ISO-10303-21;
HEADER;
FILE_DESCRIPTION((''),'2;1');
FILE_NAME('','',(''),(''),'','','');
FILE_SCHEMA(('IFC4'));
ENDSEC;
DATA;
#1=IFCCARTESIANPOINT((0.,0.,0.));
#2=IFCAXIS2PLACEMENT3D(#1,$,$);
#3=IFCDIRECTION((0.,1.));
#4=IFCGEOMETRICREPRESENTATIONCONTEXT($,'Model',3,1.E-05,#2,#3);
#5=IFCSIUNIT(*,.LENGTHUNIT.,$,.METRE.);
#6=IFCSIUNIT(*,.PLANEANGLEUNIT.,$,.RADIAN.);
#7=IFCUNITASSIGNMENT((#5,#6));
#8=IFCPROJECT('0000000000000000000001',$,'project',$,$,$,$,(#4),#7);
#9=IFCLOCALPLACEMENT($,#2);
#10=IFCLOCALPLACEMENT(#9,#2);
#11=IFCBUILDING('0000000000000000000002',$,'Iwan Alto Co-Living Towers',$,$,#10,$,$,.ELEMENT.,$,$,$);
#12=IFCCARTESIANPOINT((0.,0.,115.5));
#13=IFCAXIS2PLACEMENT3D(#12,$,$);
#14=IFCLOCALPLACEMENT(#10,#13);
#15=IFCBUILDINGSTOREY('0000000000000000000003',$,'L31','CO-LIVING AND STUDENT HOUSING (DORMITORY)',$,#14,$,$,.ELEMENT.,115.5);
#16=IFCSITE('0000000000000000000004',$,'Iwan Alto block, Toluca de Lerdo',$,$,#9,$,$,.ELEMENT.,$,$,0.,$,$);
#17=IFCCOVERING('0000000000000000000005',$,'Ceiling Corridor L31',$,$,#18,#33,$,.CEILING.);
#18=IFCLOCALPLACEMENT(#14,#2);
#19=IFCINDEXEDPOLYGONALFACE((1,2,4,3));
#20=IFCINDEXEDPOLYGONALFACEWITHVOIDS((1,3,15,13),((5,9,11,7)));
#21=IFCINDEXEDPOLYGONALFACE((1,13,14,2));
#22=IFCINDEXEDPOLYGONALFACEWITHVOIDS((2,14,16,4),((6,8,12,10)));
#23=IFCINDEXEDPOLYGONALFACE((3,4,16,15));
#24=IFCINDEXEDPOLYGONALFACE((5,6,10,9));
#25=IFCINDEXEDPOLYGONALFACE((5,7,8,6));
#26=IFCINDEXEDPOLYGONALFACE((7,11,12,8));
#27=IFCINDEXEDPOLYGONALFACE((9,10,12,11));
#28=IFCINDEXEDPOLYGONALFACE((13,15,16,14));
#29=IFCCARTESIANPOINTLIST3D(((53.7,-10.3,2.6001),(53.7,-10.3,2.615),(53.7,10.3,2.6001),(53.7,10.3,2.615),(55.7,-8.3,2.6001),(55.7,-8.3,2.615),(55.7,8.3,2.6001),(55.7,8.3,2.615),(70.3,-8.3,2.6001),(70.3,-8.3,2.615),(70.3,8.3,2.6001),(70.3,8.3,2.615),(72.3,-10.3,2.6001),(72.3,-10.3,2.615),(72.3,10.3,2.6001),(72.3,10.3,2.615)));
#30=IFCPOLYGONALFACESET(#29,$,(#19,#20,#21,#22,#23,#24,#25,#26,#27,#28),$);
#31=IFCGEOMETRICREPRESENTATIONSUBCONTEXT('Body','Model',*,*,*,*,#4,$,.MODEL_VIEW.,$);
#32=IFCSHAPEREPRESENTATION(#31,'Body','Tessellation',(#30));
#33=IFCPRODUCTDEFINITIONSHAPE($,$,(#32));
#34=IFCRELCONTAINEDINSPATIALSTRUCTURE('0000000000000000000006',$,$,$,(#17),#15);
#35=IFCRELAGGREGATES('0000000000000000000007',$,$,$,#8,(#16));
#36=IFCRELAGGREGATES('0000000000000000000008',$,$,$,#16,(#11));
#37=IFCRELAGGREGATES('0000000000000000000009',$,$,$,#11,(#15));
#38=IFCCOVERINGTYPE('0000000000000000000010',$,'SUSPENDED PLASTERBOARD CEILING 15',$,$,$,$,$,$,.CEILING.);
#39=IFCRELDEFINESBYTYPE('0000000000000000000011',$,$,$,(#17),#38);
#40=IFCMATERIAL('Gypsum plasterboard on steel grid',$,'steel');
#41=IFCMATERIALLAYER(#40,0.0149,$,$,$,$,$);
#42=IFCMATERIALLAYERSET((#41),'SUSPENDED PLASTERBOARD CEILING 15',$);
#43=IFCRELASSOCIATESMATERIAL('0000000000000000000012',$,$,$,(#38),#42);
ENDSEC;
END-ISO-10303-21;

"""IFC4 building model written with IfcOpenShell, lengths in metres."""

from ifc_helpers import new_model, si_unit, direction, frame, origin, place, context, subcontext, project, spatial, polyline, outline, extrude, material, layer, layer_set, type_object, element, save


model = new_model("IFC4")

# Units and contexts
model_context = context("Model", 3, precision=1e-05, world=origin(), true_north=direction((0.0, 1.0)))
body_context = subcontext(model_context, "Body", "Model", "MODEL_VIEW")
ifc_project = project(units=[si_unit("LENGTHUNIT", "METRE"), si_unit("PLANEANGLEUNIT", "RADIAN")], contexts=[model_context])

# Site, building, storey
site_placement = place(None, origin())
site = spatial("IfcSite", under=ifc_project, at=site_placement, Name="Iwan Alto block, Toluca de Lerdo", CompositionType="ELEMENT", RefElevation=0.0)
building_placement = place(site_placement, origin())
building = spatial("IfcBuilding", under=site, at=building_placement, Name="Iwan Alto Co-Living Towers", CompositionType="ELEMENT")
storey_placement = place(building_placement, frame((0.0, 0.0, 115.5)))
storey = spatial("IfcBuildingStorey", under=building, at=storey_placement, Name="L31", Description="CO-LIVING AND STUDENT HOUSING (DORMITORY)", CompositionType="ELEMENT", Elevation=115.5)

# Covering
ifc_material_1 = material(Name="Gypsum plasterboard on steel grid", Category="steel")
ifc_layer_1 = layer(ifc_material_1, 0.0149)
ifc_layer_set_1 = layer_set([ifc_layer_1], Name="SUSPENDED PLASTERBOARD CEILING 15")
covering_type_1 = type_object("IfcCoveringType", Name="SUSPENDED PLASTERBOARD CEILING 15", PredefinedType="CEILING", material=ifc_layer_set_1)
covering_1_placement = place(storey_placement, frame((0.0, 0.0, 2.6001)))
element("IfcCovering", 1, at=covering_1_placement, inside=storey, type_object=covering_type_1, Name="Ceiling Corridor L31", PredefinedType="CEILING", context=body_context, shape_type="SweptSolid", body=[
    extrude(outline(polyline([(53.7, 10.3), (72.3, 10.3), (72.3, -10.3), (53.7, -10.3), (53.7, 10.3)]), holes=[polyline([(55.7, 8.3), (55.7, -8.3), (70.3, -8.3), (70.3, 8.3), (55.7, 8.3)])]), origin(), (0.0, 0.0, 1.0), 0.0149),
])

save(model, "model.ifc")
